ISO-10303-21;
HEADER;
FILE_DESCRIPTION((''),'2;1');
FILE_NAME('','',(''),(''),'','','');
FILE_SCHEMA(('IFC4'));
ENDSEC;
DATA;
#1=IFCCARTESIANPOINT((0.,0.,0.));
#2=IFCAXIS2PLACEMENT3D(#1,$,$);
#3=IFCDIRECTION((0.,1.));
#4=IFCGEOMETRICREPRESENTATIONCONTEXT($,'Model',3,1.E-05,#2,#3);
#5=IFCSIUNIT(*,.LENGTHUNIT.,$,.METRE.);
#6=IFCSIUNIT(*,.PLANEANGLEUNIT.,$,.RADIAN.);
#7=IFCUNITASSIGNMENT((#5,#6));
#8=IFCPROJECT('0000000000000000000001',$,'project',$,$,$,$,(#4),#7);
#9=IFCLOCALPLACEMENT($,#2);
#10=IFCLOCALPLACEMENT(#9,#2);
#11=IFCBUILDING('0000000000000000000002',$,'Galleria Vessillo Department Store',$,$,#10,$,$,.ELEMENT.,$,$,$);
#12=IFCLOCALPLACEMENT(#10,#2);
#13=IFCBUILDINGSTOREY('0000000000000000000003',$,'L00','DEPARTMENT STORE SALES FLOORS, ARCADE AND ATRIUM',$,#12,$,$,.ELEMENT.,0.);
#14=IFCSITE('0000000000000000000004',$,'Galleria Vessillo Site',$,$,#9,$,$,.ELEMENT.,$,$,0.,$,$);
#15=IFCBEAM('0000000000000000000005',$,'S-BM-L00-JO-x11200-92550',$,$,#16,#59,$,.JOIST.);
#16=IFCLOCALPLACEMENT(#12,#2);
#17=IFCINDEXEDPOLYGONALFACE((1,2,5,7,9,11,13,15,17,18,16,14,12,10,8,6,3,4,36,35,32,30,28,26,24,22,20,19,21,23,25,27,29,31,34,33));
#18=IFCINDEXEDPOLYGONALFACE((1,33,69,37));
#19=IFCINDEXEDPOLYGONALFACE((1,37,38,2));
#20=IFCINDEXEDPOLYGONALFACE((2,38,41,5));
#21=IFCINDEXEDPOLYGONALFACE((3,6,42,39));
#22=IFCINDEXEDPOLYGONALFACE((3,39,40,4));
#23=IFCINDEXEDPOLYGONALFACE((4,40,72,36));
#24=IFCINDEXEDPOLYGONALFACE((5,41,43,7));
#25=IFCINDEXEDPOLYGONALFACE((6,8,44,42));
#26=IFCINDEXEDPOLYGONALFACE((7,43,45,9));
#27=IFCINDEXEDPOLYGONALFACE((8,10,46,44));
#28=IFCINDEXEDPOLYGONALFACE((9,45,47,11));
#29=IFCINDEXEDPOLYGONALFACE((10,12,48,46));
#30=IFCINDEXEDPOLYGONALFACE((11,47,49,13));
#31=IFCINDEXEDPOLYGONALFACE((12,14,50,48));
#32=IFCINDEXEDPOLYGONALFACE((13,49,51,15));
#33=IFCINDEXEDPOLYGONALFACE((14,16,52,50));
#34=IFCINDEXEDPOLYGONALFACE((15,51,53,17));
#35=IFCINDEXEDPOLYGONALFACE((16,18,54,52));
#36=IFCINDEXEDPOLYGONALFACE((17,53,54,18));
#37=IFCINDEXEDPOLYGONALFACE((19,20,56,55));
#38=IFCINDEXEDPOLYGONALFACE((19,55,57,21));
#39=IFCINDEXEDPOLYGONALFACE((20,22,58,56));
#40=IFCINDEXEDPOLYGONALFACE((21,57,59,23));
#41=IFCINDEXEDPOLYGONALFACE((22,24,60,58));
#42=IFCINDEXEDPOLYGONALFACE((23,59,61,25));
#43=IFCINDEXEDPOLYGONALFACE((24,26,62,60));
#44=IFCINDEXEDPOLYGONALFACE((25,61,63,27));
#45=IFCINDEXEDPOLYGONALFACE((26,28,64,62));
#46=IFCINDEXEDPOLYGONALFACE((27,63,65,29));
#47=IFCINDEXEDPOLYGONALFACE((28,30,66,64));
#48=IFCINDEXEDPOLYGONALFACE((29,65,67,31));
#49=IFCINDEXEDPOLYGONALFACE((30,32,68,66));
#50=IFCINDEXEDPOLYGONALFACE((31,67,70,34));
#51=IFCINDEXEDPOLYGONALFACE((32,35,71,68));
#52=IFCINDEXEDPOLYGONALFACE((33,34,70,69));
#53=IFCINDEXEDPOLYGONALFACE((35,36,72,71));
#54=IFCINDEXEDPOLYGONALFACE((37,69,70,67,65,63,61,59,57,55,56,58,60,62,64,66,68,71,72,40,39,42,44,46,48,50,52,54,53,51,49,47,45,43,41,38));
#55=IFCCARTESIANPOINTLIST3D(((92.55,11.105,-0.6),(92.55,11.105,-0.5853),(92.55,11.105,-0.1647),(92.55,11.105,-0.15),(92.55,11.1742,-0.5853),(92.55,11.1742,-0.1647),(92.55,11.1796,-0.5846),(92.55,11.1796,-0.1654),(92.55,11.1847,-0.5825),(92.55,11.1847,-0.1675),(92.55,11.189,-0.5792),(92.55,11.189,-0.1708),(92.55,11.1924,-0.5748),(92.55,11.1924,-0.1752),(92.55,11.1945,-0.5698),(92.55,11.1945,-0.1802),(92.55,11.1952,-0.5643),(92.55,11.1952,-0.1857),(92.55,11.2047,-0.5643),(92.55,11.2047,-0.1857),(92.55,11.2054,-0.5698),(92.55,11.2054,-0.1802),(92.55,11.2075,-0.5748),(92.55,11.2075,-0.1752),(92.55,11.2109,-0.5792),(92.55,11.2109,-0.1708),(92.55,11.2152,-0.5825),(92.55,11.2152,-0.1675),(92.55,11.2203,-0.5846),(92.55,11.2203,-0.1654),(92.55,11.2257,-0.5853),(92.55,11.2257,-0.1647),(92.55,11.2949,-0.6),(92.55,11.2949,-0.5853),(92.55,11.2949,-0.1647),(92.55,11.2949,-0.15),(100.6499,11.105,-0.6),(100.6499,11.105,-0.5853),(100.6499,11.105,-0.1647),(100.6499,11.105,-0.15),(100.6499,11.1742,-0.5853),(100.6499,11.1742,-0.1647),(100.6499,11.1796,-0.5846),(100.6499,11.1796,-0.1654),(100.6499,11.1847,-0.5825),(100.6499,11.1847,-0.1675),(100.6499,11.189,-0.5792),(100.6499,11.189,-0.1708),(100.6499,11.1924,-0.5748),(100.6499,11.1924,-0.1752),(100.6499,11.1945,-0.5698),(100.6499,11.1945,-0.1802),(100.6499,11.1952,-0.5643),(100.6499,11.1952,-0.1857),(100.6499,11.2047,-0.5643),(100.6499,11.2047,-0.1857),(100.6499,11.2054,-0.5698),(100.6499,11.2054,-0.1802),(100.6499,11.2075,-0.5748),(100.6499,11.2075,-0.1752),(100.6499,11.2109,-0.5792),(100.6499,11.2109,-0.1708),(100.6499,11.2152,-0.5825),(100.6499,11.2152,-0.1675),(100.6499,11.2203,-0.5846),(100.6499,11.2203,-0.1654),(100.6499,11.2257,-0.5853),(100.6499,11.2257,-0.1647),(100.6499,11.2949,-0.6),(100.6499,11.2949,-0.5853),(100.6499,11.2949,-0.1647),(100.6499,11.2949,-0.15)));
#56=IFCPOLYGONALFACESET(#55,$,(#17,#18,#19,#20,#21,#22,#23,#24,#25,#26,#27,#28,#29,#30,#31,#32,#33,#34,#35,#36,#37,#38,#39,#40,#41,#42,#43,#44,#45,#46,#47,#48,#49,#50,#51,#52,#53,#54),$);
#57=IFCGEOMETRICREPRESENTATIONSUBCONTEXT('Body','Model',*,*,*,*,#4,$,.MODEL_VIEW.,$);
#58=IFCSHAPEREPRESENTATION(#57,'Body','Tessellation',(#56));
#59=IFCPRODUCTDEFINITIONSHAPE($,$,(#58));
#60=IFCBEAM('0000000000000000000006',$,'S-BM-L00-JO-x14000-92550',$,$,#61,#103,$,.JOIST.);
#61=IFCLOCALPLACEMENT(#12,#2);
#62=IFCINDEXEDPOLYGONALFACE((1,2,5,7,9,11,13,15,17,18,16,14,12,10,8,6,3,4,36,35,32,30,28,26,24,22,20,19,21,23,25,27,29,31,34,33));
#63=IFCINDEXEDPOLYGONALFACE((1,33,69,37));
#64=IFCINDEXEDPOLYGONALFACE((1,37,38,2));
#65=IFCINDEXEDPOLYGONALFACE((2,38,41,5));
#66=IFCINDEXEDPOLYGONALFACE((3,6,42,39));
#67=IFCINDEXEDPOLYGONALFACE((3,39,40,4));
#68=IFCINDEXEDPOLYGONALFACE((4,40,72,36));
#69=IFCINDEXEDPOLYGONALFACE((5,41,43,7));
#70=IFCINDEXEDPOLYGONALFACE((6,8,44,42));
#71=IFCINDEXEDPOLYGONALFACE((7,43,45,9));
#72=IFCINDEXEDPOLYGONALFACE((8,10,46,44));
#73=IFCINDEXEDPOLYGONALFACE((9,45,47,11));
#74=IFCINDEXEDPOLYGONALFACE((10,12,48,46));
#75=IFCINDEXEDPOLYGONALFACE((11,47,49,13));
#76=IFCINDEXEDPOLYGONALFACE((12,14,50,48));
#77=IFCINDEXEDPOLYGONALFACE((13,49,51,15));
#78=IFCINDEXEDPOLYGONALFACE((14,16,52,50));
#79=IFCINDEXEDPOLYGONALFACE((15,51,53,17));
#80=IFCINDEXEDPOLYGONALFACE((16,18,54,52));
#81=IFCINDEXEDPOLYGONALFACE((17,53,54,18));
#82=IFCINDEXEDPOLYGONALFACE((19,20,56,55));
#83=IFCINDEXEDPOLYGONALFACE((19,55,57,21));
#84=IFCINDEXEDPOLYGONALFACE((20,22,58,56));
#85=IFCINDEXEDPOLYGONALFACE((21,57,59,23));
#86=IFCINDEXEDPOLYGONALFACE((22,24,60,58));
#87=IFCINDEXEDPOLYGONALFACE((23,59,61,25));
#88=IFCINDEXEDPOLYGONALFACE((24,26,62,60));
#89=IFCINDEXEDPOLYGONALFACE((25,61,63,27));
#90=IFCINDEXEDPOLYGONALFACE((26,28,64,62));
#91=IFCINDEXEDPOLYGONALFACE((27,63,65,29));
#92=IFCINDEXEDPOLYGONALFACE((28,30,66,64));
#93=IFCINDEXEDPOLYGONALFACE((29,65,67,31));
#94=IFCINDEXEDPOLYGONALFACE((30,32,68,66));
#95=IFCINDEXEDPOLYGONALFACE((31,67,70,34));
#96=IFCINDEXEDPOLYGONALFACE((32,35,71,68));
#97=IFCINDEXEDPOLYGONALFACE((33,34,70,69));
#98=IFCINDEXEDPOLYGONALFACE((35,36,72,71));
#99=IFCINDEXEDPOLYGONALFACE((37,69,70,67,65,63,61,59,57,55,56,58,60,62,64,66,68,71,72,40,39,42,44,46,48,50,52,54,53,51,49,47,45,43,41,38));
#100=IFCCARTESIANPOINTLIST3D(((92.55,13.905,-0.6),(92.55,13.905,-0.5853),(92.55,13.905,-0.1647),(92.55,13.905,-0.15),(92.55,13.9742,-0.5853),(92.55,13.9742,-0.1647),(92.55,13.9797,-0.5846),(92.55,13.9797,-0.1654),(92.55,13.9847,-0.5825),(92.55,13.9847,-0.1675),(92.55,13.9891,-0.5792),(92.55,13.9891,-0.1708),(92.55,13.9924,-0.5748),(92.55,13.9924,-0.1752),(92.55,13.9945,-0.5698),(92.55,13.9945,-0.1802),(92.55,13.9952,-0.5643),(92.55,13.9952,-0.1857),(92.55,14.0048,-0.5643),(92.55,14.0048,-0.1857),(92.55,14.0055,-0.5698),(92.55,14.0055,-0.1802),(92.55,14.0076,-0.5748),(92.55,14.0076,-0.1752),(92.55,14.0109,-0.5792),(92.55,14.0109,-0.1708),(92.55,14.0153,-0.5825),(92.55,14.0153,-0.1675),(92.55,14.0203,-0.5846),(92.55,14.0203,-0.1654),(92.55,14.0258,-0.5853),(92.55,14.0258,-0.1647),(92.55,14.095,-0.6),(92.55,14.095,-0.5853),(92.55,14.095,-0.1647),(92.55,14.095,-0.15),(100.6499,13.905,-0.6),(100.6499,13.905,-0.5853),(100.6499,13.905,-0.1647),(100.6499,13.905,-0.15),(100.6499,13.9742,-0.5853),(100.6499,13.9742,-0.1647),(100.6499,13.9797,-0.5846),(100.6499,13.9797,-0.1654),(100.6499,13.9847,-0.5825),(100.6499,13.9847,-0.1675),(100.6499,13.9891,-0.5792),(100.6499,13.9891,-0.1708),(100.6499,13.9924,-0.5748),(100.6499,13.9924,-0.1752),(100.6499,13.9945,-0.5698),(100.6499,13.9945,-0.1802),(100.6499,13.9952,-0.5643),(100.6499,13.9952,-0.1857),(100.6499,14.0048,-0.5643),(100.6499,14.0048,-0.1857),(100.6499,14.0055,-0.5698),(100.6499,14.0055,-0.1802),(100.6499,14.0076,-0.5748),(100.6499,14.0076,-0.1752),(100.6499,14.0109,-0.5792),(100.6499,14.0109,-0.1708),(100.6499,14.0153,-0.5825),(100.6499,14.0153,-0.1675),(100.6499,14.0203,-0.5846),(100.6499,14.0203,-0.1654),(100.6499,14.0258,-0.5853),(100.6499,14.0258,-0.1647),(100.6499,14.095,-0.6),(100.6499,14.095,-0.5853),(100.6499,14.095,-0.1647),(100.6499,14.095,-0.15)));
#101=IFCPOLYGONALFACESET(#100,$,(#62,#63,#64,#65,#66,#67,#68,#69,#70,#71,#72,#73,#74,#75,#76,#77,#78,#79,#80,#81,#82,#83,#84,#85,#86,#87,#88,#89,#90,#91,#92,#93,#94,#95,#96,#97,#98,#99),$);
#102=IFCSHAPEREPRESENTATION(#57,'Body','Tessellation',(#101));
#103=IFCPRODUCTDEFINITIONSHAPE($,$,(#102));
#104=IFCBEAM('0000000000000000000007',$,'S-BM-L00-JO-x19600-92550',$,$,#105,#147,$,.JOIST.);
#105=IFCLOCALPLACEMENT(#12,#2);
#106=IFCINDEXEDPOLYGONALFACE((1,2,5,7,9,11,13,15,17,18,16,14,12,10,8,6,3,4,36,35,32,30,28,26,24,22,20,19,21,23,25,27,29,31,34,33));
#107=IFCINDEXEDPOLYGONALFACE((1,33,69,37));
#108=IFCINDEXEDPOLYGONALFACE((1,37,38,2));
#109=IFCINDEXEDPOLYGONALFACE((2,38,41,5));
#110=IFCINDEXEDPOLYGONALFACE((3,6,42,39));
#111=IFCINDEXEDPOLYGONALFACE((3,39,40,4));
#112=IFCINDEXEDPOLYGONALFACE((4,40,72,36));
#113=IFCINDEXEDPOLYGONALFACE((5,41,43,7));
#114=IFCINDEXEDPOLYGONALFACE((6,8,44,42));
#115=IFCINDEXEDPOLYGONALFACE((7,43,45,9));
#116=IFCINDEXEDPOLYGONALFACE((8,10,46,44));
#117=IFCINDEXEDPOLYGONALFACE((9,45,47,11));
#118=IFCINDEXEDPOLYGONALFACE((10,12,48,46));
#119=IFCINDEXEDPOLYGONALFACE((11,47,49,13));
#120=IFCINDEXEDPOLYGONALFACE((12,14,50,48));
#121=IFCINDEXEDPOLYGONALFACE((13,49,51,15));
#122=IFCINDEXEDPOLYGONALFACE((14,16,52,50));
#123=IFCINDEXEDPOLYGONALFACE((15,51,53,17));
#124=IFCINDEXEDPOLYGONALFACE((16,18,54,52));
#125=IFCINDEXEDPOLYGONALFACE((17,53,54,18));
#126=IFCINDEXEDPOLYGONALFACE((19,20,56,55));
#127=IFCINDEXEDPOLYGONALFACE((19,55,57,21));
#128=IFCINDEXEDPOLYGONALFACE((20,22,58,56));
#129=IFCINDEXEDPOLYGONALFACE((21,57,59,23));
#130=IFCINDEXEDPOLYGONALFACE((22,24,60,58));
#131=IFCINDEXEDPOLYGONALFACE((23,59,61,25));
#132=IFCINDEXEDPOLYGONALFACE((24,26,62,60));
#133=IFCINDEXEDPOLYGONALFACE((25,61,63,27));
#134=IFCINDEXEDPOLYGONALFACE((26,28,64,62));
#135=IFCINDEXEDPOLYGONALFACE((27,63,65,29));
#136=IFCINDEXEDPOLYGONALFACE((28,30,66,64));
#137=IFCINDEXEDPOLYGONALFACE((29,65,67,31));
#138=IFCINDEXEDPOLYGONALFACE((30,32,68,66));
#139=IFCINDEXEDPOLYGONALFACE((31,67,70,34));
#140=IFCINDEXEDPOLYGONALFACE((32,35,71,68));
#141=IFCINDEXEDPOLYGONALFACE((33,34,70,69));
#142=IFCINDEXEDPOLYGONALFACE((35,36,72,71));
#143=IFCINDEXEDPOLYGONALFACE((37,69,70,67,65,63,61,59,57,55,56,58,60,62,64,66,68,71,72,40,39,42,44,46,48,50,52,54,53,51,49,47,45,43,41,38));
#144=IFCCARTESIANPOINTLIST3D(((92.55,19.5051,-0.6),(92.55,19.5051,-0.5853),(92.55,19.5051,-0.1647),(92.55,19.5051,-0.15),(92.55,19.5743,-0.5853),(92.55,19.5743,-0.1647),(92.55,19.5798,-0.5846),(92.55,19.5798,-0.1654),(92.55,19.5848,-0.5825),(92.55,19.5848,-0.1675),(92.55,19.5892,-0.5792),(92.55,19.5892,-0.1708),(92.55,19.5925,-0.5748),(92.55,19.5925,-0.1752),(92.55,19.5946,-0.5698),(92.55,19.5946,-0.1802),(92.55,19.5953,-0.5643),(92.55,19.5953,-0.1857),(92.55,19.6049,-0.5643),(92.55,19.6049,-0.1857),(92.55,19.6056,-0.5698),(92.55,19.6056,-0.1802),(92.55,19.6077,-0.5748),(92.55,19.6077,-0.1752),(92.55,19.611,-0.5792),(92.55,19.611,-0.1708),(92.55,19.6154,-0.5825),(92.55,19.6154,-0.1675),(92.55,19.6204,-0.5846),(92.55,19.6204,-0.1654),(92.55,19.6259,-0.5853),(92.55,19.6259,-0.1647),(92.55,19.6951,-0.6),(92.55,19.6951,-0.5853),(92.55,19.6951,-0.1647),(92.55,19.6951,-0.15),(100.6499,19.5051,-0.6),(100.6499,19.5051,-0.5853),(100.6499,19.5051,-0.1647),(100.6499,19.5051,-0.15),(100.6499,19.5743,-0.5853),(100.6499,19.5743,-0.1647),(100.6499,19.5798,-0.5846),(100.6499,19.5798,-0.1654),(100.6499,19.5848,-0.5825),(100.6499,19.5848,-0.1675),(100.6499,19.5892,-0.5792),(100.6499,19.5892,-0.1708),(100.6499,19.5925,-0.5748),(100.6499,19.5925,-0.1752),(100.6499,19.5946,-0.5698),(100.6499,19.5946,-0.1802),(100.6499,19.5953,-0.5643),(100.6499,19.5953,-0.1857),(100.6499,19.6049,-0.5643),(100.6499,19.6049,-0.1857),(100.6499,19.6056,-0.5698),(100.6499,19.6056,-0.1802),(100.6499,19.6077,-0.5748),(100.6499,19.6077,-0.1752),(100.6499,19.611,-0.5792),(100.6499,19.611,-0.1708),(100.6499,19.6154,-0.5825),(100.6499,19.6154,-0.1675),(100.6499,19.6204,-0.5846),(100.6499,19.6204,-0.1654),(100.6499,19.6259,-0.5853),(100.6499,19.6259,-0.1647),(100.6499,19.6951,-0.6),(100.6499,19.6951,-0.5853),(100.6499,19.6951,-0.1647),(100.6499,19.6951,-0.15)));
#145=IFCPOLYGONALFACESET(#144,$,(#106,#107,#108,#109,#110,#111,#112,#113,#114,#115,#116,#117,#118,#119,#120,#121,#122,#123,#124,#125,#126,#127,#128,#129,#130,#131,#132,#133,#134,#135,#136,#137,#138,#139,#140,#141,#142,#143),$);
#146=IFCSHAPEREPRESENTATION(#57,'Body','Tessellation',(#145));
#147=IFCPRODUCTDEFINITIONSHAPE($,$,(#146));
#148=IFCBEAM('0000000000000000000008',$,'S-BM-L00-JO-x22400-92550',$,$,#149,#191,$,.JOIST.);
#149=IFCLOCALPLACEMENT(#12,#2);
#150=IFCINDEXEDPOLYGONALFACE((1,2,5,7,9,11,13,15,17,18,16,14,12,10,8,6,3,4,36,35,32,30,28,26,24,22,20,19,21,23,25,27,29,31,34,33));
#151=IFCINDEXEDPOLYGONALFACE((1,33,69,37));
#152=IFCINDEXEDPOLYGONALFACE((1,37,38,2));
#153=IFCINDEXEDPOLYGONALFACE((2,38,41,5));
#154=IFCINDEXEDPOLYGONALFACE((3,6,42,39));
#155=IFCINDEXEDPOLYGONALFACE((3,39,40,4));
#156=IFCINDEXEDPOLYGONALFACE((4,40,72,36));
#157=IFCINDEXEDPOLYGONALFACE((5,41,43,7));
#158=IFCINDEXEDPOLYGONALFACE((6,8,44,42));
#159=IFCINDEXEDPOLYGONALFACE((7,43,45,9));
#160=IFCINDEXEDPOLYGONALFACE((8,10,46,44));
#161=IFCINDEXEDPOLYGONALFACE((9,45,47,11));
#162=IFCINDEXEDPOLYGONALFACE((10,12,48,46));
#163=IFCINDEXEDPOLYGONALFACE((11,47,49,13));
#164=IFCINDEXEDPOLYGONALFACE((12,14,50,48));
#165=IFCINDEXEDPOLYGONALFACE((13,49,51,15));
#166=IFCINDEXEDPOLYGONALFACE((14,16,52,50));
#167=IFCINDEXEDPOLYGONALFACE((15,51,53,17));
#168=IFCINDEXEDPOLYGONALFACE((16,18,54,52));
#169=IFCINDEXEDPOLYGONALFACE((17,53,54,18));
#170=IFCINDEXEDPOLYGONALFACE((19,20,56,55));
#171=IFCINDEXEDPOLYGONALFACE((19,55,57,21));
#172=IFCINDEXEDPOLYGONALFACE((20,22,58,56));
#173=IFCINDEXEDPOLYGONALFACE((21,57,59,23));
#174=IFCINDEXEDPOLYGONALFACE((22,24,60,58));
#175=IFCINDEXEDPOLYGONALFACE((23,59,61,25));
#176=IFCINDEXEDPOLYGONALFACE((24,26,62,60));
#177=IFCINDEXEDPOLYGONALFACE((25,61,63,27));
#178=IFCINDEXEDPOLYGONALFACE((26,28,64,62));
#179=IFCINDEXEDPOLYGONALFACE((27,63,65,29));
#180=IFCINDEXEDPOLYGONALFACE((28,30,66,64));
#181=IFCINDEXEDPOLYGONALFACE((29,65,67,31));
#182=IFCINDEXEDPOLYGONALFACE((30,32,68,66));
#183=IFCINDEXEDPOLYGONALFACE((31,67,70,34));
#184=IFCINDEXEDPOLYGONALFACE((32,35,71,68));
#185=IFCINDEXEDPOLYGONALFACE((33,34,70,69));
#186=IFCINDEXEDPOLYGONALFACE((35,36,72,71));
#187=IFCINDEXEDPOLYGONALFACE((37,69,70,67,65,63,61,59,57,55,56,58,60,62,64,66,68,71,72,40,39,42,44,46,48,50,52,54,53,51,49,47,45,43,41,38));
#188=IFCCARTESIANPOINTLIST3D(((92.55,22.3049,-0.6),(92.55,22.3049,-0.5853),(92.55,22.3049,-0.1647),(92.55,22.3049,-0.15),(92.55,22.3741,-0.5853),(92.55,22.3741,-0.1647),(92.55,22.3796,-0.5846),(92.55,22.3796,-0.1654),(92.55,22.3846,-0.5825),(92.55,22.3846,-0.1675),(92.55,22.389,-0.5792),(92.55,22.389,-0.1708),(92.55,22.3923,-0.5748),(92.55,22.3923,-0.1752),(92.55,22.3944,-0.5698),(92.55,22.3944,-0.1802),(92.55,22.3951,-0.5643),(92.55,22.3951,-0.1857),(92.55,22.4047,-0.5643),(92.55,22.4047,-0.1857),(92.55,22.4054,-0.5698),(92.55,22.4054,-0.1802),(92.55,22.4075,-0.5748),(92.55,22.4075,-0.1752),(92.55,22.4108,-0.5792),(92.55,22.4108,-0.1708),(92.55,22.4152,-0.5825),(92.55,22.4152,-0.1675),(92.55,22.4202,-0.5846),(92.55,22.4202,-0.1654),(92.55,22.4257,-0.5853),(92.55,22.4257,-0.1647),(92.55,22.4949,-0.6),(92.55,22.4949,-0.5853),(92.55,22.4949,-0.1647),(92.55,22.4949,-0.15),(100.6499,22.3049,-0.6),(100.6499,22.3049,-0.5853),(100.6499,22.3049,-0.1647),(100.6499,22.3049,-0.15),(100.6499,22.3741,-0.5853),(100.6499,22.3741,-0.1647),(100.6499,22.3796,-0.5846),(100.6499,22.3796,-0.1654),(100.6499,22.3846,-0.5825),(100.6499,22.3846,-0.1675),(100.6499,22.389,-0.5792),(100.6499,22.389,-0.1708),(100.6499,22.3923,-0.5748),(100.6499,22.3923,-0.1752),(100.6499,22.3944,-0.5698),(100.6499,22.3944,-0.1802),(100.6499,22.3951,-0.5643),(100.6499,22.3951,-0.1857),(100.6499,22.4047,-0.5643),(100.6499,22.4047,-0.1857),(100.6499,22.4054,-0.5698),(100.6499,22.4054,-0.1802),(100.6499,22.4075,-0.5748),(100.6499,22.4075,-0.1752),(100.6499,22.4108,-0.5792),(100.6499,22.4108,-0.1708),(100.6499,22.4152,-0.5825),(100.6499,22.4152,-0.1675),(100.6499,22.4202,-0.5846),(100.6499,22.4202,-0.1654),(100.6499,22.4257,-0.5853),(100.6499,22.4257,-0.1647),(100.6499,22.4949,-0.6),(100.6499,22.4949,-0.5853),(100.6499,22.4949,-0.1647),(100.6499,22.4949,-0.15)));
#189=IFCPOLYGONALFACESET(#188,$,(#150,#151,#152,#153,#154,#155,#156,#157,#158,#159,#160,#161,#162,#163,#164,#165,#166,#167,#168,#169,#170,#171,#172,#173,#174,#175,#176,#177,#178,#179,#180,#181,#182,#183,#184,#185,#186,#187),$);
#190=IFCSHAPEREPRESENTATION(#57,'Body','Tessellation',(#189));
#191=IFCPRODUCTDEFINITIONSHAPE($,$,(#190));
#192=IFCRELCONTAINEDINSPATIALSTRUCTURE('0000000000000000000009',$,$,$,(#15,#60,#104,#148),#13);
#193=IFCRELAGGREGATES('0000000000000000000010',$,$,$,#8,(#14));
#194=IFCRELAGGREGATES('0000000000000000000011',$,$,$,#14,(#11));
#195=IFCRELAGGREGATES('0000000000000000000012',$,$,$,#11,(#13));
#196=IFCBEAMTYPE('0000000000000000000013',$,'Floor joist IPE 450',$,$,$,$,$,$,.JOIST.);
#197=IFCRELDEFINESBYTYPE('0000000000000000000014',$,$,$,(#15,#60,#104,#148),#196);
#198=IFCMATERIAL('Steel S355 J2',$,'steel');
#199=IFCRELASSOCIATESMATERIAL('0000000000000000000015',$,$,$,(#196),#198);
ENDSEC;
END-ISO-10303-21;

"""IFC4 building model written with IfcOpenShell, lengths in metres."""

from ifc_helpers import new_model, si_unit, direction, frame, origin, origin_2d, place, context, subcontext, project, spatial, i_section, extrude, material, material_profile, profile_set, type_object, element, save


model = new_model("IFC4")

# Units and contexts
model_context = context("Model", 3, precision=1e-05, world=origin(), true_north=direction((0.0, 1.0)))
body_context = subcontext(model_context, "Body", "Model", "MODEL_VIEW")
ifc_project = project(units=[si_unit("LENGTHUNIT", "METRE"), si_unit("PLANEANGLEUNIT", "RADIAN")], contexts=[model_context])

# Site, building, storey
site_placement = place(None, origin())
site = spatial("IfcSite", under=ifc_project, at=site_placement, Name="Galleria Vessillo Site", CompositionType="ELEMENT", RefElevation=0.0)
building_placement = place(site_placement, origin())
building = spatial("IfcBuilding", under=site, at=building_placement, Name="Galleria Vessillo Department Store", CompositionType="ELEMENT")
storey_placement = place(building_placement, origin())
storey = spatial("IfcBuildingStorey", under=building, at=storey_placement, Name="L00", Description="DEPARTMENT STORE SALES FLOORS, ARCADE AND ATRIUM", CompositionType="ELEMENT", Elevation=0.0)

# Beams
ifc_material_1 = material(Name="Steel S355 J2", Category="steel")
ifc_material_profile_1 = material_profile(ifc_material_1, i_section(OverallWidth=0.1899, OverallDepth=0.45, WebThickness=0.0095, FlangeThickness=0.0146, FilletRadius=0.021, at=origin_2d()), Name="IPE 450")
ifc_profile_set_1 = profile_set([ifc_material_profile_1], Name="Steel S355 J2")
beam_type_1 = type_object("IfcBeamType", Name="Floor joist IPE 450", PredefinedType="JOIST", material=ifc_profile_set_1)
for number, where, z_axis, x_axis, name in (
    (1, (92.55, 11.2, -0.375), (1.0, 0.0, 0.0), (0.0, 1.0, 0.0), "S-BM-L00-JO-x11200-92550"),
    (2, (92.55, 14.0, -0.375), (1.0, 0.0, 0.0), (0.0, 1.0, 0.0), "S-BM-L00-JO-x14000-92550"),
    (3, (92.55, 19.6001, -0.375), (1.0, 0.0, 0.0), (0.0, 1.0, 0.0), "S-BM-L00-JO-x19600-92550"),
    (4, (92.55, 22.3999, -0.375), (1.0, 0.0, 0.0), (0.0, 1.0, 0.0), "S-BM-L00-JO-x22400-92550"),
):
    element("IfcBeam", number, at=place(storey_placement, frame(where, z_axis=z_axis, x_axis=x_axis)), inside=storey, type_object=beam_type_1, Name=name, PredefinedType="JOIST", context=body_context, shape_type="SweptSolid", body=[
        extrude(i_section(OverallWidth=0.1899, OverallDepth=0.45, WebThickness=0.0095, FlangeThickness=0.0146, FilletRadius=0.021, at=origin_2d()), origin(), (0.0, 0.0, 1.0), 8.0999),
    ])

save(model, "model.ifc")
